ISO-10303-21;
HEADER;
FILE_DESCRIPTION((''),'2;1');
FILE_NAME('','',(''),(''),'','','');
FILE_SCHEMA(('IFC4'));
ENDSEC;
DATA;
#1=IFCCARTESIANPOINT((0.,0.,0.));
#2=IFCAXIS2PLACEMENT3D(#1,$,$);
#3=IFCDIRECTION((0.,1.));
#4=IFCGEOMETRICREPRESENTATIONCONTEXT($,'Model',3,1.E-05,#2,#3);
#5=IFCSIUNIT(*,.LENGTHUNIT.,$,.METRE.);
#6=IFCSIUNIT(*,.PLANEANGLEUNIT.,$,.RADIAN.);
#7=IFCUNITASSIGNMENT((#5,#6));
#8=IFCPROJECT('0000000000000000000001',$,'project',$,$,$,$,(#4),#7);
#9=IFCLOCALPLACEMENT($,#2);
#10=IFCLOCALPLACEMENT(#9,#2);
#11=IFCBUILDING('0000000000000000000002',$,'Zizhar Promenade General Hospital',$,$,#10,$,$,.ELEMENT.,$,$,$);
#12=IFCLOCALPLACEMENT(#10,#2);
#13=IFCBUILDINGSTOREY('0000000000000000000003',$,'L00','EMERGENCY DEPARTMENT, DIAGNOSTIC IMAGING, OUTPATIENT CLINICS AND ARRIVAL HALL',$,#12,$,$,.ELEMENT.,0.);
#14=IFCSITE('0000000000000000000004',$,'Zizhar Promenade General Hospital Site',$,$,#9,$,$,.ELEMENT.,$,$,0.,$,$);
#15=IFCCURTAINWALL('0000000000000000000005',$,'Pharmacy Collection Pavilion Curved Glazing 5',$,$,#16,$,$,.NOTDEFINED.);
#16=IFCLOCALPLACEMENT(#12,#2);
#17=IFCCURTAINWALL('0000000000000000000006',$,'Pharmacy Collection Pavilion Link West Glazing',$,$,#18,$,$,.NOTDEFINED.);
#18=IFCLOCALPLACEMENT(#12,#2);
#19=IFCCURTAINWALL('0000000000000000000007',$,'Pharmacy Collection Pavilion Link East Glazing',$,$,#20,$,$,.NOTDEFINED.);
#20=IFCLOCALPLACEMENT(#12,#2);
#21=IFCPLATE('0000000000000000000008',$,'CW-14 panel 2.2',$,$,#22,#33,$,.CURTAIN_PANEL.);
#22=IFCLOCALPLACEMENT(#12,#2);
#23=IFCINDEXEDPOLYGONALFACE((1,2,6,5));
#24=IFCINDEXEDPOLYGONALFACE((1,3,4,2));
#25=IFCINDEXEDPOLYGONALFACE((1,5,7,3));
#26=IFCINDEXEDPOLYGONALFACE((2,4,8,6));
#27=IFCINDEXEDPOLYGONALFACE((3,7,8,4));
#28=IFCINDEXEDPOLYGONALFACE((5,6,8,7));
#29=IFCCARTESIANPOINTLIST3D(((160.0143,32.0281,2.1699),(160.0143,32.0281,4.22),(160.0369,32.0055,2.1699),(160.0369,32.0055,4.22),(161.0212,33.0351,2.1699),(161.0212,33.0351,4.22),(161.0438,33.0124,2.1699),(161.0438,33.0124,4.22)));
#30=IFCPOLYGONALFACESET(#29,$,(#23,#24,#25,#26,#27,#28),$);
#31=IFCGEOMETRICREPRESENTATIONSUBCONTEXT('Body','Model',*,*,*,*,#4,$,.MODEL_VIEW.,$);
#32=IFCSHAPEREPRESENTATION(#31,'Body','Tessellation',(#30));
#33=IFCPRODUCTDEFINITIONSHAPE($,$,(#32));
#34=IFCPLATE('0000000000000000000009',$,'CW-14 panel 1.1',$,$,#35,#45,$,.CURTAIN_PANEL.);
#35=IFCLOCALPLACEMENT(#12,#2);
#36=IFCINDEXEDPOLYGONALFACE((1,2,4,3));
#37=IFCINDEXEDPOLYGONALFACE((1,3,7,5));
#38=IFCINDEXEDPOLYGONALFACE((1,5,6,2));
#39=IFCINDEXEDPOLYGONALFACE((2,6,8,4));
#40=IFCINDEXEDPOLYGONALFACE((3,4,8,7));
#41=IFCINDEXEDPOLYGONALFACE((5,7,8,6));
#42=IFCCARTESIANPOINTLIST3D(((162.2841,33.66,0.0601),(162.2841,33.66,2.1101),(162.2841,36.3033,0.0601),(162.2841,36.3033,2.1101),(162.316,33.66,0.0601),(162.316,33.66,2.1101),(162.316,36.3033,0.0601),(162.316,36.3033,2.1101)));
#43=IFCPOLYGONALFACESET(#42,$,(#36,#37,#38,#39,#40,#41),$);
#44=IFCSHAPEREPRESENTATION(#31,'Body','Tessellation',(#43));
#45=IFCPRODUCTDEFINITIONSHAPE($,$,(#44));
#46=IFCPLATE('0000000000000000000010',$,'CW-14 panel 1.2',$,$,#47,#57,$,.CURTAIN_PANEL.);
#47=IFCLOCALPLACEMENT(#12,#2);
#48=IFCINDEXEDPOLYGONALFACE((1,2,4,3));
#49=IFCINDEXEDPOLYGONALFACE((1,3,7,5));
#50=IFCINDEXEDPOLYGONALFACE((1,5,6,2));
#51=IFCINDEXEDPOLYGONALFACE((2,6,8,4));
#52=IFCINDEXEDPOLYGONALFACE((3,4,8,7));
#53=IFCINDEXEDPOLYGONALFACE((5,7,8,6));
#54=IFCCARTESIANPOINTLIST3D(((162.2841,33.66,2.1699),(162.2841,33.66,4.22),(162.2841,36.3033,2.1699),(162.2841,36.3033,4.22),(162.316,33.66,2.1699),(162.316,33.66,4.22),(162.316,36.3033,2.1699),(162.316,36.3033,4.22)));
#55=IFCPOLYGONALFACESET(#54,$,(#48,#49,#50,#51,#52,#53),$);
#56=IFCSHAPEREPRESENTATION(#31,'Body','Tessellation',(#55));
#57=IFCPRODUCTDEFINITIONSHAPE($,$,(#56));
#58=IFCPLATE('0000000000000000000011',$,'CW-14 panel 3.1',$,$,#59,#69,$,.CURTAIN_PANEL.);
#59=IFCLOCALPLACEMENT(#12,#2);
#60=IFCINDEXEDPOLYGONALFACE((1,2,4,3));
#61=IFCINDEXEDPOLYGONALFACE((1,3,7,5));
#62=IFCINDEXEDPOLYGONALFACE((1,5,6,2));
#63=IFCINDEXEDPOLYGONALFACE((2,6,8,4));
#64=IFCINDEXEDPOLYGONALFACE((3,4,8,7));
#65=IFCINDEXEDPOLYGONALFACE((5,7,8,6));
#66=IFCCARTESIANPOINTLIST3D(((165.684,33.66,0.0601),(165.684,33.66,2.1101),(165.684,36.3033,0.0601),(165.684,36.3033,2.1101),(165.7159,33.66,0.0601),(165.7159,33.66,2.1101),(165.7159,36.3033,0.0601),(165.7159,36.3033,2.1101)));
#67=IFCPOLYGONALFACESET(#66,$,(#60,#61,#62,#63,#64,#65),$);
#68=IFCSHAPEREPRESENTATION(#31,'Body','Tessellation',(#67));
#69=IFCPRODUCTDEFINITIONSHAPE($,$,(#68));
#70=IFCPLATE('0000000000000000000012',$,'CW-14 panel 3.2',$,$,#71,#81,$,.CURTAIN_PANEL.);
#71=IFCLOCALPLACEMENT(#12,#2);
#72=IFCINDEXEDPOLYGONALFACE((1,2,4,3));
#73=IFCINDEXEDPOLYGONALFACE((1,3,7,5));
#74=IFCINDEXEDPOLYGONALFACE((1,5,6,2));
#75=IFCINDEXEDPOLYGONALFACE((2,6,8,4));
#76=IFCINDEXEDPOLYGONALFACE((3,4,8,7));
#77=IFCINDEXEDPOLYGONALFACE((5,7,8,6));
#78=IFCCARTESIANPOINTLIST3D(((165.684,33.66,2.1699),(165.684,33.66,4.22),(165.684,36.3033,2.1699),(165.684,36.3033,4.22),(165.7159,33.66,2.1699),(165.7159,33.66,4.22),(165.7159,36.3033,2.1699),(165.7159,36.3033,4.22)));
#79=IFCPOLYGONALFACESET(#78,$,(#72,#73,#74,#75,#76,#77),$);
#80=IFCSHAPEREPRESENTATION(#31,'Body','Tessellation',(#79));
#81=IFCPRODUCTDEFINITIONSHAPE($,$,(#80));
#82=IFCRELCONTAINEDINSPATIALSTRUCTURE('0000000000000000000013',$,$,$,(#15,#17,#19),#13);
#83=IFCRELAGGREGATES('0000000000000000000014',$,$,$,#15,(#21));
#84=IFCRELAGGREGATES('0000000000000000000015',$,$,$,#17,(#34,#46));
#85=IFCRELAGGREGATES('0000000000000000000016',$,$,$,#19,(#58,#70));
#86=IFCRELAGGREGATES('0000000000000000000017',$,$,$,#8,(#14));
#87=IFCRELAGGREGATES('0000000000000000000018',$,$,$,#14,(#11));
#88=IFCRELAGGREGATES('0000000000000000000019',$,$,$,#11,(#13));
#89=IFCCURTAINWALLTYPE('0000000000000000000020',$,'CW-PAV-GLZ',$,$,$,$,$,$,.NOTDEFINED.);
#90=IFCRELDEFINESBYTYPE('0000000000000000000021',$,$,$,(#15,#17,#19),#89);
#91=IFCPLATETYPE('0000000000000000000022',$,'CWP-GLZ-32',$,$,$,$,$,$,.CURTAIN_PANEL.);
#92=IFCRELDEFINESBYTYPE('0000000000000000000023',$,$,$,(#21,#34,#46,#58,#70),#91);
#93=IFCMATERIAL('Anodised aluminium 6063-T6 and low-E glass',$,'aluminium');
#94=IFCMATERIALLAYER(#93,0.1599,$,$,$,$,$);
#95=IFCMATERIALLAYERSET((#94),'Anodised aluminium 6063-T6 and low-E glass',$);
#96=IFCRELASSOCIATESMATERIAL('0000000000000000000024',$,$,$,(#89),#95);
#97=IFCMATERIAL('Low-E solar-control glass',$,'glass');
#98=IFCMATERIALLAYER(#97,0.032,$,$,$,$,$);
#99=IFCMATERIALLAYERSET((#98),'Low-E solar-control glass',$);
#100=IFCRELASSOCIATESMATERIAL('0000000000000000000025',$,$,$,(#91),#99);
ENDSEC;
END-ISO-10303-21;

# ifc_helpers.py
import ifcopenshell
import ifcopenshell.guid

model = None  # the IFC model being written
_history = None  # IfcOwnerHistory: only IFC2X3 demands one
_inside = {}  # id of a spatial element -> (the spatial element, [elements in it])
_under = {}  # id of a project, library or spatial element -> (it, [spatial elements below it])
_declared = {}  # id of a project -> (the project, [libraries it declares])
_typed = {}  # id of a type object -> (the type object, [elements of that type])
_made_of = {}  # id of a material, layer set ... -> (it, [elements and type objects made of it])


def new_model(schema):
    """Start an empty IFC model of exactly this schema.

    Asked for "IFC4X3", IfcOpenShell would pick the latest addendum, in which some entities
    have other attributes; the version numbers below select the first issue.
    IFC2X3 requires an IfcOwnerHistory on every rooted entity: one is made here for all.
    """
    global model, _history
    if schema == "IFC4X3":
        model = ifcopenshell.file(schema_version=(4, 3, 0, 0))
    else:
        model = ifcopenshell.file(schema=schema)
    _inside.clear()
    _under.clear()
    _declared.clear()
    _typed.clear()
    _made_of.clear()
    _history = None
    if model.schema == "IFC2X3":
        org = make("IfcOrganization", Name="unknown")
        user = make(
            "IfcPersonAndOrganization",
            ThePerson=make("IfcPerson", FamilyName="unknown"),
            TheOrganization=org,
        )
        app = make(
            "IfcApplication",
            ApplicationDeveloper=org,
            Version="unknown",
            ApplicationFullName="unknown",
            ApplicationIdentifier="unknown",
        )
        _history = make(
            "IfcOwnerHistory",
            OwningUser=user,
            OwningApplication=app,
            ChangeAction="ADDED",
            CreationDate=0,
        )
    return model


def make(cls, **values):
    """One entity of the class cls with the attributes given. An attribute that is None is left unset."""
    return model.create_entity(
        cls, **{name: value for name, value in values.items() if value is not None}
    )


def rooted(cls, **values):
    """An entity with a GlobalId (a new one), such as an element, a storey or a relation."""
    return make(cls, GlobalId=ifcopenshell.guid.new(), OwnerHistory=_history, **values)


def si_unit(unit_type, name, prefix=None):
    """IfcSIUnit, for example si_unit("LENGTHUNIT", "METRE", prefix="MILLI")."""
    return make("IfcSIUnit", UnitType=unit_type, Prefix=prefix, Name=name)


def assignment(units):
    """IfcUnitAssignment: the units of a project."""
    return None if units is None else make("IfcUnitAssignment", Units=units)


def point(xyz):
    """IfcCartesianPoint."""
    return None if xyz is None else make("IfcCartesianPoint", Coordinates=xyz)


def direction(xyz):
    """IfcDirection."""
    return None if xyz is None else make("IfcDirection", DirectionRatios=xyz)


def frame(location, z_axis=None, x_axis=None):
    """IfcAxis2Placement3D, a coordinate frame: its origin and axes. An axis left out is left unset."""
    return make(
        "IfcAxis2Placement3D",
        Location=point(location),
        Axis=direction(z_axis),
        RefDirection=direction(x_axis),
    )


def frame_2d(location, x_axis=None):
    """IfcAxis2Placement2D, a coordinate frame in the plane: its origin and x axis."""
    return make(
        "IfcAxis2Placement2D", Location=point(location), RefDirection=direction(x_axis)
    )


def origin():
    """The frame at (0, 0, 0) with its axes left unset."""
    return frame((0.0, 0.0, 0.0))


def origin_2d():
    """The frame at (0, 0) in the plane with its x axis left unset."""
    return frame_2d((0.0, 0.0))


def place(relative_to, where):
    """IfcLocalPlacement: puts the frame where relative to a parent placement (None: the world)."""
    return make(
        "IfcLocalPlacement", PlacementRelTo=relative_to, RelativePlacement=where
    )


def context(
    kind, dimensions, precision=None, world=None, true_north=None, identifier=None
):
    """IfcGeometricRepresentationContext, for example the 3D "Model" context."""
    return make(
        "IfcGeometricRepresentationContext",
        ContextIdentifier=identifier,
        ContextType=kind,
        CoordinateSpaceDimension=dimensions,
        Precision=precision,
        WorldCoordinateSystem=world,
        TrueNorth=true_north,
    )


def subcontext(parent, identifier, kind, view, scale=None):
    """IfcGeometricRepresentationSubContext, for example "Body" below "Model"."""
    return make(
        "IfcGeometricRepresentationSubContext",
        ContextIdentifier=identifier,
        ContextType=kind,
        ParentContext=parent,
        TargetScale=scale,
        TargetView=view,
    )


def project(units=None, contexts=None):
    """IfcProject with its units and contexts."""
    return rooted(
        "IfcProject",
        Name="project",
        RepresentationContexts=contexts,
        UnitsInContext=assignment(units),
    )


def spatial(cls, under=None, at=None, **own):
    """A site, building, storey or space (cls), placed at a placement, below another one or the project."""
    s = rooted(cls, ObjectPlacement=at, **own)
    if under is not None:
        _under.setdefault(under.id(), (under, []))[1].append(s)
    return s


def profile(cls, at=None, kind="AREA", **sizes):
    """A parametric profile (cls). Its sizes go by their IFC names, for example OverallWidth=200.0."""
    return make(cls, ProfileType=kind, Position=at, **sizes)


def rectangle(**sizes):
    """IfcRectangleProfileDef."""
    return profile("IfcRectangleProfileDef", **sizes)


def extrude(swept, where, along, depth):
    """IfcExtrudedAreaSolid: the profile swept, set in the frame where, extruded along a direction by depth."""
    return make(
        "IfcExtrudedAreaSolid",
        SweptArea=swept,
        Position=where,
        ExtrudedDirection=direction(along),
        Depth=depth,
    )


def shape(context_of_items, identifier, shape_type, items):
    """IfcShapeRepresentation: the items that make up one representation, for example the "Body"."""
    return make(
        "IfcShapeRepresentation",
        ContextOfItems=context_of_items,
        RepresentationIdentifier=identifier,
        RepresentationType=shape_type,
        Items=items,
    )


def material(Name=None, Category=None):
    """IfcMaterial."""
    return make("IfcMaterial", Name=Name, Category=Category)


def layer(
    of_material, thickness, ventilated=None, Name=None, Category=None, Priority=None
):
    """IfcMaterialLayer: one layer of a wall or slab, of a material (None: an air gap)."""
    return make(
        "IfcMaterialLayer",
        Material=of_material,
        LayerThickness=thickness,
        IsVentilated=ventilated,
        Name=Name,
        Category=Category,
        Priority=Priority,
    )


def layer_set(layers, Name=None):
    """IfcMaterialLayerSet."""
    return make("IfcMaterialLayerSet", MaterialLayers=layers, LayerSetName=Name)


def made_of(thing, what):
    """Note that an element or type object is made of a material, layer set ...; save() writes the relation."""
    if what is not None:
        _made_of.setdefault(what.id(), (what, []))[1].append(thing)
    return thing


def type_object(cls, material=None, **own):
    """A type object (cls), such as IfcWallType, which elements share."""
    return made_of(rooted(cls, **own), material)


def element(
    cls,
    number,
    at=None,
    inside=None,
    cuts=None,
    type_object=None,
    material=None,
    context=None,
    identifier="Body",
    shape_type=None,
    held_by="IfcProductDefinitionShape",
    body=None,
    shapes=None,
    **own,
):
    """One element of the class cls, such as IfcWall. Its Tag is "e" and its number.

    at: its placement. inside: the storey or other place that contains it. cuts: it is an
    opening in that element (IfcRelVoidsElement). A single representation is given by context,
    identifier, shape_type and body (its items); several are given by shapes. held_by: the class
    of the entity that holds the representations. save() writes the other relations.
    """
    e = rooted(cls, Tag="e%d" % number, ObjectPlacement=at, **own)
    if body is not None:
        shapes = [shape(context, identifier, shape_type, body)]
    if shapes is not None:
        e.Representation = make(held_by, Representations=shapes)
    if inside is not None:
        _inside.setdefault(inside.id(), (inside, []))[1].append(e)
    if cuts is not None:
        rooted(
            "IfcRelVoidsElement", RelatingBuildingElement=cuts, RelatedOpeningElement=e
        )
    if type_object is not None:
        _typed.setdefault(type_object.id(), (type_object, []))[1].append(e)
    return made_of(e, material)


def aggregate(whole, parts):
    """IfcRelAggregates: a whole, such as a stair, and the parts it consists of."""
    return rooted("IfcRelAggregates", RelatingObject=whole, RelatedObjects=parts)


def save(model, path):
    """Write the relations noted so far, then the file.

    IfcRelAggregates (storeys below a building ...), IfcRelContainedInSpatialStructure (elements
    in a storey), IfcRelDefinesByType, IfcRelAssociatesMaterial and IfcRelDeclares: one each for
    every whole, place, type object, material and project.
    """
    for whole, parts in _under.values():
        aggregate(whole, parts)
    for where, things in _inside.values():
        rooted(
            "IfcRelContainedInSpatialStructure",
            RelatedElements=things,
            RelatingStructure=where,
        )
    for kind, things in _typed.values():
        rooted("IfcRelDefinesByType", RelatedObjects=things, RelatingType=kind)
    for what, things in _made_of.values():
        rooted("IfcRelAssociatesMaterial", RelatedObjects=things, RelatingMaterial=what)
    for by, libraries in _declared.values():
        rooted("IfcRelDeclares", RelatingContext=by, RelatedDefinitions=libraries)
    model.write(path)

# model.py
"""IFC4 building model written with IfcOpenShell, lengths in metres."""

from ifc_helpers import new_model, si_unit, direction, frame, origin, origin_2d, place, context, subcontext, project, spatial, rectangle, extrude, material, layer, layer_set, type_object, element, aggregate, save


model = new_model("IFC4")

# Units and contexts
model_context = context("Model", 3, precision=1e-05, world=origin(), true_north=direction((0.0, 1.0)))
body_context = subcontext(model_context, "Body", "Model", "MODEL_VIEW")
ifc_project = project(units=[si_unit("LENGTHUNIT", "METRE"), si_unit("PLANEANGLEUNIT", "RADIAN")], contexts=[model_context])

# Site, building, storey
site_placement = place(None, origin())
site = spatial("IfcSite", under=ifc_project, at=site_placement, Name="Zizhar Promenade General Hospital Site", CompositionType="ELEMENT", RefElevation=0.0)
building_placement = place(site_placement, origin())
building = spatial("IfcBuilding", under=site, at=building_placement, Name="Zizhar Promenade General Hospital", CompositionType="ELEMENT")
storey_placement = place(building_placement, origin())
storey = spatial("IfcBuildingStorey", under=building, at=storey_placement, Name="L00", Description="EMERGENCY DEPARTMENT, DIAGNOSTIC IMAGING, OUTPATIENT CLINICS AND ARRIVAL HALL", CompositionType="ELEMENT", Elevation=0.0)

# Curtain wall
ifc_material_1 = material(Name="Anodised aluminium 6063-T6 and low-E glass", Category="aluminium")
ifc_layer_1 = layer(ifc_material_1, 0.1599)
ifc_layer_set_1 = layer_set([ifc_layer_1], Name="Anodised aluminium 6063-T6 and low-E glass")
curtain_wall_type = type_object("IfcCurtainWallType", Name="CW-PAV-GLZ", PredefinedType="NOTDEFINED", material=ifc_layer_set_1)
curtain_wall_1_placement = place(storey_placement, origin())
curtain_wall_1 = element("IfcCurtainWall", 1, at=curtain_wall_1_placement, inside=storey, type_object=curtain_wall_type, Name="Pharmacy Collection Pavilion Curved Glazing 5", PredefinedType="NOTDEFINED")

# Curtain walls
curtain_wall_2_placement = place(storey_placement, origin())
curtain_wall_2 = element("IfcCurtainWall", 2, at=curtain_wall_2_placement, inside=storey, type_object=curtain_wall_type, Name="Pharmacy Collection Pavilion Link West Glazing", PredefinedType="NOTDEFINED")
curtain_wall_3_placement = place(storey_placement, origin())
curtain_wall_3 = element("IfcCurtainWall", 3, at=curtain_wall_3_placement, inside=storey, type_object=curtain_wall_type, Name="Pharmacy Collection Pavilion Link East Glazing", PredefinedType="NOTDEFINED")

# Plates
ifc_material_2 = material(Name="Low-E solar-control glass", Category="glass")
ifc_layer_2 = layer(ifc_material_2, 0.032)
ifc_layer_set_2 = layer_set([ifc_layer_2], Name="Low-E solar-control glass")
plate_type = type_object("IfcPlateType", Name="CWP-GLZ-32", PredefinedType="CURTAIN_PANEL", material=ifc_layer_set_2)
plate_1_placement = place(storey_placement, frame((160.5291, 32.5203, 2.1699), z_axis=(0.0, 0.0, 1.0), x_axis=(0.707107, 0.707107, 0.0)))
plate_1 = element("IfcPlate", 4, at=plate_1_placement, type_object=plate_type, Name="CW-14 panel 2.2", PredefinedType="CURTAIN_PANEL", context=body_context, shape_type="SweptSolid", body=[
    extrude(rectangle(XDim=1.4241, YDim=0.032, at=origin_2d()), origin(), (0.0, 0.0, 1.0), 2.05),
])
aggregate(curtain_wall_1, [plate_1])
plate_2_placement = place(storey_placement, frame((162.3, 34.9817, 0.0601), z_axis=(0.0, 0.0, 1.0), x_axis=(0.0, 1.0, 0.0)))
plate_2 = element("IfcPlate", 5, at=plate_2_placement, type_object=plate_type, Name="CW-14 panel 1.1", PredefinedType="CURTAIN_PANEL", context=body_context, shape_type="SweptSolid", body=[
    extrude(rectangle(XDim=2.6433, YDim=0.032, at=origin_2d()), origin(), (0.0, 0.0, 1.0), 2.05),
])
plate_3_placement = place(storey_placement, frame((162.3, 34.9817, 2.1699), z_axis=(0.0, 0.0, 1.0), x_axis=(0.0, 1.0, 0.0)))
plate_3 = element("IfcPlate", 6, at=plate_3_placement, type_object=plate_type, Name="CW-14 panel 1.2", PredefinedType="CURTAIN_PANEL", context=body_context, shape_type="SweptSolid", body=[
    extrude(rectangle(XDim=2.6433, YDim=0.032, at=origin_2d()), origin(), (0.0, 0.0, 1.0), 2.05),
])
aggregate(curtain_wall_2, [plate_2, plate_3])
plate_4_placement = place(storey_placement, frame((165.7, 34.9817, 0.0601), z_axis=(0.0, 0.0, 1.0), x_axis=(0.0, -1.0, 0.0)))
plate_4 = element("IfcPlate", 7, at=plate_4_placement, type_object=plate_type, Name="CW-14 panel 3.1", PredefinedType="CURTAIN_PANEL", context=body_context, shape_type="SweptSolid", body=[
    extrude(rectangle(XDim=2.6433, YDim=0.032, at=origin_2d()), origin(), (0.0, 0.0, 1.0), 2.05),
])
plate_5_placement = place(storey_placement, frame((165.7, 34.9817, 2.1699), z_axis=(0.0, 0.0, 1.0), x_axis=(0.0, -1.0, 0.0)))
plate_5 = element("IfcPlate", 8, at=plate_5_placement, type_object=plate_type, Name="CW-14 panel 3.2", PredefinedType="CURTAIN_PANEL", context=body_context, shape_type="SweptSolid", body=[
    extrude(rectangle(XDim=2.6433, YDim=0.032, at=origin_2d()), origin(), (0.0, 0.0, 1.0), 2.05),
])
aggregate(curtain_wall_3, [plate_4, plate_5])

save(model, "model.ifc")
